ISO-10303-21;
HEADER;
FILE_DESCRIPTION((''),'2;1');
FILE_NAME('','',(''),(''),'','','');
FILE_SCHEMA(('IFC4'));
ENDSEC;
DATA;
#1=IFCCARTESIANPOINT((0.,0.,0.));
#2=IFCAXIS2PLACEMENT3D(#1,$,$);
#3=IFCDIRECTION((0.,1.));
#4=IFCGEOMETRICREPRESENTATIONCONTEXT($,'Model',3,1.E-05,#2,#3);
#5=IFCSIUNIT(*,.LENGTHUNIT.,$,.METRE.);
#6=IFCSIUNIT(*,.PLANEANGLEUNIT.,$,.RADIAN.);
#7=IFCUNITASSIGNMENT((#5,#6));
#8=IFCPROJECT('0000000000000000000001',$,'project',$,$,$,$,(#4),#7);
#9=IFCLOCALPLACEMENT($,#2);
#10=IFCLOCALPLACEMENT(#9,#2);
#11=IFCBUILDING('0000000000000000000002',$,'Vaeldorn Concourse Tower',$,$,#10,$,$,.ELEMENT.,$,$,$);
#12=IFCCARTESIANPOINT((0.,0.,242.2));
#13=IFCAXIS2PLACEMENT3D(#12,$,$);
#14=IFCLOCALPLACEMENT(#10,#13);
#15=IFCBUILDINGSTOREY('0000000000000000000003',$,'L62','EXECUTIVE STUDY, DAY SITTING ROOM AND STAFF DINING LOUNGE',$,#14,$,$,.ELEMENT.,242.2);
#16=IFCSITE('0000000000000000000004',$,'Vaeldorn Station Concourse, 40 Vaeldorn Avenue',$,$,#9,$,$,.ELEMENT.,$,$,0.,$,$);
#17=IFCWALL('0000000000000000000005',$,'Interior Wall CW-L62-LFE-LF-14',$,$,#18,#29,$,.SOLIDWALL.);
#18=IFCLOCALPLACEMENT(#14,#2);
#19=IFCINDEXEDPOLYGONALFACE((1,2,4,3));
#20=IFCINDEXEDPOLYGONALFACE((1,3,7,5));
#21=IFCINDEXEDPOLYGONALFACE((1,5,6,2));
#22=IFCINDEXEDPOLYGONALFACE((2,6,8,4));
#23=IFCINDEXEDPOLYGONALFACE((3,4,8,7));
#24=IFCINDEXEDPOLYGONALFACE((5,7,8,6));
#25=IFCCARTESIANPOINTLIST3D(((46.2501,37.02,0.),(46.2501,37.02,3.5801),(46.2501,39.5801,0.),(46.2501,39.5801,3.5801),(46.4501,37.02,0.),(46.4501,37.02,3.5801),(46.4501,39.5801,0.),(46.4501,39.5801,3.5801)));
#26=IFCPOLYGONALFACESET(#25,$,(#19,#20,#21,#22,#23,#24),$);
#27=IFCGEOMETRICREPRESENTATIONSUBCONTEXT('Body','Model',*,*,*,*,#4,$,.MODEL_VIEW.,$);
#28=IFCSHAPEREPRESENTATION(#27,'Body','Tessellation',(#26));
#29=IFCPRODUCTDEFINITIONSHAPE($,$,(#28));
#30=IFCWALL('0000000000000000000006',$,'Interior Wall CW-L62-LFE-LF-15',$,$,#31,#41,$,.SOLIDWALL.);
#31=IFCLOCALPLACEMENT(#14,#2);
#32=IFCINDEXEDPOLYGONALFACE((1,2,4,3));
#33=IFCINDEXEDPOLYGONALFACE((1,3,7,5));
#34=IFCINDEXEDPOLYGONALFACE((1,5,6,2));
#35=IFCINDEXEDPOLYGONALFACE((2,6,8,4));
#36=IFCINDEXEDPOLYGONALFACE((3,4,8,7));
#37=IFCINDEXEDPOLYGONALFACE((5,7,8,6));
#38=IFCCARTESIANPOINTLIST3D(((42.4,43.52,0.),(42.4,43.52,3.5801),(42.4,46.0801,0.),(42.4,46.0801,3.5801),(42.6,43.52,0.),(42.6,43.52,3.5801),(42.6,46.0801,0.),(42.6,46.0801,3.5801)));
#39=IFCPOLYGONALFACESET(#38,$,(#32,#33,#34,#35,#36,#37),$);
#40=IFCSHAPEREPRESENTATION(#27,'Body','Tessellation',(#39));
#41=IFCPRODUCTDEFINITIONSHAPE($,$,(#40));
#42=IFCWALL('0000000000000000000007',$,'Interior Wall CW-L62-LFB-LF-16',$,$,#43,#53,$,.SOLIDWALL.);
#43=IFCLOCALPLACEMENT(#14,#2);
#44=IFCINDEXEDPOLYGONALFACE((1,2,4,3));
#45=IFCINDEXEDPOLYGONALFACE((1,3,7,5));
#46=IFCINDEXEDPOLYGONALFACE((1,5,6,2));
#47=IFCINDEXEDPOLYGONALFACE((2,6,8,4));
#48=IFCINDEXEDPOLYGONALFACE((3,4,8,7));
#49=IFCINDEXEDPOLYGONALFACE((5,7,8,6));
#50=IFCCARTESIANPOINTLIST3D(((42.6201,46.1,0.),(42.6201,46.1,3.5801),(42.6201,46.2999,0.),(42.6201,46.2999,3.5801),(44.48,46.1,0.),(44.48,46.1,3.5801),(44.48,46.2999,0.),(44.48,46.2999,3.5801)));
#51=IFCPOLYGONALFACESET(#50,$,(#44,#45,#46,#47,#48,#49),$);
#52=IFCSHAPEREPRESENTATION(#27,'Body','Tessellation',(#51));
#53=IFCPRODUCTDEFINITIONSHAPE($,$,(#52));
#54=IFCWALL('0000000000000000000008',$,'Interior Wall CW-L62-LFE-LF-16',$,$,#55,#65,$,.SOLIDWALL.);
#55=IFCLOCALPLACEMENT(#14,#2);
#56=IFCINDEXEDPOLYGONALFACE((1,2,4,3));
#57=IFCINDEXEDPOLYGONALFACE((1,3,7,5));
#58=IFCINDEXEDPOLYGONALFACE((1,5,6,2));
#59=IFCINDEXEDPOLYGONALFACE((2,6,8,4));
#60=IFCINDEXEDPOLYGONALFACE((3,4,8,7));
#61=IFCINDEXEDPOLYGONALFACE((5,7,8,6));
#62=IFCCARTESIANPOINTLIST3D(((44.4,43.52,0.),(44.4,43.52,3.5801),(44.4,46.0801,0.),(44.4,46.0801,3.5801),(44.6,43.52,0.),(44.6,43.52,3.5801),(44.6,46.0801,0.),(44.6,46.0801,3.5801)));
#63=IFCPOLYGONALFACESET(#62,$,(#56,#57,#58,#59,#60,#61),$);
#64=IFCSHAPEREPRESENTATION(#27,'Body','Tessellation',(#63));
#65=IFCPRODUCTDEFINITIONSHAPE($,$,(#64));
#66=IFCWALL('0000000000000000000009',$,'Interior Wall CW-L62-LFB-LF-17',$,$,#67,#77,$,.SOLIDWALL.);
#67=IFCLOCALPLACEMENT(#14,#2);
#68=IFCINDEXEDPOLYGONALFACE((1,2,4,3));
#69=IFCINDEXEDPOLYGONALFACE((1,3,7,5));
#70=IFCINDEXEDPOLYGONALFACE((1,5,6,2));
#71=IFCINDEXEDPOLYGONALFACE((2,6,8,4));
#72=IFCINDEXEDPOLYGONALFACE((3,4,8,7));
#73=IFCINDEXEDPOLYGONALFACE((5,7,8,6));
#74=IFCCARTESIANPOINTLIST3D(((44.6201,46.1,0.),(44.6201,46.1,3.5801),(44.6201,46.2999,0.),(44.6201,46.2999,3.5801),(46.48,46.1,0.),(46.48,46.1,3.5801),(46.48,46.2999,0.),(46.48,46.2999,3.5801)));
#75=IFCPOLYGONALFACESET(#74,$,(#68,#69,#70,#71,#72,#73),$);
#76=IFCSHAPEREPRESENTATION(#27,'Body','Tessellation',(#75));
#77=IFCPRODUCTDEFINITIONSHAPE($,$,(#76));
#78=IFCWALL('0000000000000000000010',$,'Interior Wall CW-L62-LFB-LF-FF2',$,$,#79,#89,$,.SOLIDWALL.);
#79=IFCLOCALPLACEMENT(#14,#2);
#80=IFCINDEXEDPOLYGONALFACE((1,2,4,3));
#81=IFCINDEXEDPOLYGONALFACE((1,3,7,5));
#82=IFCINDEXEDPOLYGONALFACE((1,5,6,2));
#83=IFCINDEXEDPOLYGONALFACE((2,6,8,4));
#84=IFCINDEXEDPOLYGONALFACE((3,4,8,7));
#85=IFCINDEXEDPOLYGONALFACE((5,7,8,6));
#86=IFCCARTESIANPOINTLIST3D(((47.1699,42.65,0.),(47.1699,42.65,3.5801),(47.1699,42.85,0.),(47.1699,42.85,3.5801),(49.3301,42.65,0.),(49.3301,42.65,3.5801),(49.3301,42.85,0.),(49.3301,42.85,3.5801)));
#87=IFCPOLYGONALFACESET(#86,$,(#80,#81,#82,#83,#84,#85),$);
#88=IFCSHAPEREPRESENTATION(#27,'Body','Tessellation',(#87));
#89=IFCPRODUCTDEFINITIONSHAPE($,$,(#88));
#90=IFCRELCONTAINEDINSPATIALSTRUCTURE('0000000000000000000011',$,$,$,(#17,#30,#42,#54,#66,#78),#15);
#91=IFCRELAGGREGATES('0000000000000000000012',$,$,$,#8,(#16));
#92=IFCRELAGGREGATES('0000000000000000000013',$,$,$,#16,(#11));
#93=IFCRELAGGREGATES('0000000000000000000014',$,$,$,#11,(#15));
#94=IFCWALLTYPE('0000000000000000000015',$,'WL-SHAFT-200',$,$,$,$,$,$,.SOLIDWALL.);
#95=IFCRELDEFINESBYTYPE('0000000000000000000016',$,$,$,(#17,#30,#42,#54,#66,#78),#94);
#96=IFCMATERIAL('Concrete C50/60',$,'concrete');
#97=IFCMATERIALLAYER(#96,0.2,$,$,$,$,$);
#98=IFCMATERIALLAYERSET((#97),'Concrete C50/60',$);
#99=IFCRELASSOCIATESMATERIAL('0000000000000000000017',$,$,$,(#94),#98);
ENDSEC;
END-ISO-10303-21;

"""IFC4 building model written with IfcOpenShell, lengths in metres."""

from ifc_helpers import new_model, si_unit, direction, frame, frame_2d, origin, place, context, subcontext, project, spatial, rectangle, extrude, material, layer, layer_set, type_object, element, save


model = new_model("IFC4")

# Units and contexts
model_context = context("Model", 3, precision=1e-05, world=origin(), true_north=direction((0.0, 1.0)))
body_context = subcontext(model_context, "Body", "Model", "MODEL_VIEW")
ifc_project = project(units=[si_unit("LENGTHUNIT", "METRE"), si_unit("PLANEANGLEUNIT", "RADIAN")], contexts=[model_context])

# Site, building, storey
site_placement = place(None, origin())
site = spatial("IfcSite", under=ifc_project, at=site_placement, Name="Vaeldorn Station Concourse, 40 Vaeldorn Avenue", CompositionType="ELEMENT", RefElevation=0.0)
building_placement = place(site_placement, origin())
building = spatial("IfcBuilding", under=site, at=building_placement, Name="Vaeldorn Concourse Tower", CompositionType="ELEMENT")
storey_placement = place(building_placement, frame((0.0, 0.0, 242.2)))
storey = spatial("IfcBuildingStorey", under=building, at=storey_placement, Name="L62", Description="EXECUTIVE STUDY, DAY SITTING ROOM AND STAFF DINING LOUNGE", CompositionType="ELEMENT", Elevation=242.2)

# Shared definitions
ifc_material_1 = material(Name="Concrete C50/60", Category="concrete")

# Shared definitions
ifc_layer_1 = layer(ifc_material_1, 0.2)
ifc_layer_set_1 = layer_set([ifc_layer_1], Name="Concrete C50/60")
wall_type_1 = type_object("IfcWallType", Name="WL-SHAFT-200", PredefinedType="SOLIDWALL", material=ifc_layer_set_1)

# Walls
for number, where, z_axis, x_axis, name in (
    (1, (46.3501, 37.02, 0.0), (0.0, 0.0, 1.0), (0.0, 1.0, 0.0), "Interior Wall CW-L62-LFE-LF-14"),
    (2, (42.5, 43.52, 0.0), (0.0, 0.0, 1.0), (0.0, 1.0, 0.0), "Interior Wall CW-L62-LFE-LF-15"),
):
    element("IfcWall", number, at=place(storey_placement, frame(where, z_axis=z_axis, x_axis=x_axis)), inside=storey, type_object=wall_type_1, Name=name, PredefinedType="SOLIDWALL", context=body_context, shape_type="SweptSolid", body=[
        extrude(rectangle(XDim=2.5601, YDim=0.2, at=frame_2d((1.28, 0.0))), origin(), (0.0, 0.0, 1.0), 3.5801),
    ])

# Walls
wall_1_placement = place(storey_placement, frame((42.6201, 46.2, 0.0), z_axis=(0.0, 0.0, 1.0), x_axis=(1.0, 0.0, 0.0)))
element("IfcWall", 3, at=wall_1_placement, inside=storey, type_object=wall_type_1, Name="Interior Wall CW-L62-LFB-LF-16", PredefinedType="SOLIDWALL", context=body_context, shape_type="SweptSolid", body=[
    extrude(rectangle(XDim=1.8599, YDim=0.2, at=frame_2d((0.9299, 0.0))), origin(), (0.0, 0.0, 1.0), 3.5801),
])
wall_2_placement = place(storey_placement, frame((44.5, 43.52, 0.0), z_axis=(0.0, 0.0, 1.0), x_axis=(0.0, 1.0, 0.0)))
element("IfcWall", 4, at=wall_2_placement, inside=storey, type_object=wall_type_1, Name="Interior Wall CW-L62-LFE-LF-16", PredefinedType="SOLIDWALL", context=body_context, shape_type="SweptSolid", body=[
    extrude(rectangle(XDim=2.5601, YDim=0.2, at=frame_2d((1.28, 0.0))), origin(), (0.0, 0.0, 1.0), 3.5801),
])

# Wall
wall_3_placement = place(storey_placement, frame((44.6201, 46.2, 0.0), z_axis=(0.0, 0.0, 1.0), x_axis=(1.0, 0.0, 0.0)))
element("IfcWall", 5, at=wall_3_placement, inside=storey, type_object=wall_type_1, Name="Interior Wall CW-L62-LFB-LF-17", PredefinedType="SOLIDWALL", context=body_context, shape_type="SweptSolid", body=[
    extrude(rectangle(XDim=1.8599, YDim=0.2, at=frame_2d((0.9299, 0.0))), origin(), (0.0, 0.0, 1.0), 3.5801),
])

# Wall
wall_4_placement = place(storey_placement, frame((47.1699, 42.75, 0.0), z_axis=(0.0, 0.0, 1.0), x_axis=(1.0, 0.0, 0.0)))
element("IfcWall", 6, at=wall_4_placement, inside=storey, type_object=wall_type_1, Name="Interior Wall CW-L62-LFB-LF-FF2", PredefinedType="SOLIDWALL", context=body_context, shape_type="SweptSolid", body=[
    extrude(rectangle(XDim=2.1602, YDim=0.2, at=frame_2d((1.0801, 0.0))), origin(), (0.0, 0.0, 1.0), 3.5801),
])

save(model, "model.ifc")
